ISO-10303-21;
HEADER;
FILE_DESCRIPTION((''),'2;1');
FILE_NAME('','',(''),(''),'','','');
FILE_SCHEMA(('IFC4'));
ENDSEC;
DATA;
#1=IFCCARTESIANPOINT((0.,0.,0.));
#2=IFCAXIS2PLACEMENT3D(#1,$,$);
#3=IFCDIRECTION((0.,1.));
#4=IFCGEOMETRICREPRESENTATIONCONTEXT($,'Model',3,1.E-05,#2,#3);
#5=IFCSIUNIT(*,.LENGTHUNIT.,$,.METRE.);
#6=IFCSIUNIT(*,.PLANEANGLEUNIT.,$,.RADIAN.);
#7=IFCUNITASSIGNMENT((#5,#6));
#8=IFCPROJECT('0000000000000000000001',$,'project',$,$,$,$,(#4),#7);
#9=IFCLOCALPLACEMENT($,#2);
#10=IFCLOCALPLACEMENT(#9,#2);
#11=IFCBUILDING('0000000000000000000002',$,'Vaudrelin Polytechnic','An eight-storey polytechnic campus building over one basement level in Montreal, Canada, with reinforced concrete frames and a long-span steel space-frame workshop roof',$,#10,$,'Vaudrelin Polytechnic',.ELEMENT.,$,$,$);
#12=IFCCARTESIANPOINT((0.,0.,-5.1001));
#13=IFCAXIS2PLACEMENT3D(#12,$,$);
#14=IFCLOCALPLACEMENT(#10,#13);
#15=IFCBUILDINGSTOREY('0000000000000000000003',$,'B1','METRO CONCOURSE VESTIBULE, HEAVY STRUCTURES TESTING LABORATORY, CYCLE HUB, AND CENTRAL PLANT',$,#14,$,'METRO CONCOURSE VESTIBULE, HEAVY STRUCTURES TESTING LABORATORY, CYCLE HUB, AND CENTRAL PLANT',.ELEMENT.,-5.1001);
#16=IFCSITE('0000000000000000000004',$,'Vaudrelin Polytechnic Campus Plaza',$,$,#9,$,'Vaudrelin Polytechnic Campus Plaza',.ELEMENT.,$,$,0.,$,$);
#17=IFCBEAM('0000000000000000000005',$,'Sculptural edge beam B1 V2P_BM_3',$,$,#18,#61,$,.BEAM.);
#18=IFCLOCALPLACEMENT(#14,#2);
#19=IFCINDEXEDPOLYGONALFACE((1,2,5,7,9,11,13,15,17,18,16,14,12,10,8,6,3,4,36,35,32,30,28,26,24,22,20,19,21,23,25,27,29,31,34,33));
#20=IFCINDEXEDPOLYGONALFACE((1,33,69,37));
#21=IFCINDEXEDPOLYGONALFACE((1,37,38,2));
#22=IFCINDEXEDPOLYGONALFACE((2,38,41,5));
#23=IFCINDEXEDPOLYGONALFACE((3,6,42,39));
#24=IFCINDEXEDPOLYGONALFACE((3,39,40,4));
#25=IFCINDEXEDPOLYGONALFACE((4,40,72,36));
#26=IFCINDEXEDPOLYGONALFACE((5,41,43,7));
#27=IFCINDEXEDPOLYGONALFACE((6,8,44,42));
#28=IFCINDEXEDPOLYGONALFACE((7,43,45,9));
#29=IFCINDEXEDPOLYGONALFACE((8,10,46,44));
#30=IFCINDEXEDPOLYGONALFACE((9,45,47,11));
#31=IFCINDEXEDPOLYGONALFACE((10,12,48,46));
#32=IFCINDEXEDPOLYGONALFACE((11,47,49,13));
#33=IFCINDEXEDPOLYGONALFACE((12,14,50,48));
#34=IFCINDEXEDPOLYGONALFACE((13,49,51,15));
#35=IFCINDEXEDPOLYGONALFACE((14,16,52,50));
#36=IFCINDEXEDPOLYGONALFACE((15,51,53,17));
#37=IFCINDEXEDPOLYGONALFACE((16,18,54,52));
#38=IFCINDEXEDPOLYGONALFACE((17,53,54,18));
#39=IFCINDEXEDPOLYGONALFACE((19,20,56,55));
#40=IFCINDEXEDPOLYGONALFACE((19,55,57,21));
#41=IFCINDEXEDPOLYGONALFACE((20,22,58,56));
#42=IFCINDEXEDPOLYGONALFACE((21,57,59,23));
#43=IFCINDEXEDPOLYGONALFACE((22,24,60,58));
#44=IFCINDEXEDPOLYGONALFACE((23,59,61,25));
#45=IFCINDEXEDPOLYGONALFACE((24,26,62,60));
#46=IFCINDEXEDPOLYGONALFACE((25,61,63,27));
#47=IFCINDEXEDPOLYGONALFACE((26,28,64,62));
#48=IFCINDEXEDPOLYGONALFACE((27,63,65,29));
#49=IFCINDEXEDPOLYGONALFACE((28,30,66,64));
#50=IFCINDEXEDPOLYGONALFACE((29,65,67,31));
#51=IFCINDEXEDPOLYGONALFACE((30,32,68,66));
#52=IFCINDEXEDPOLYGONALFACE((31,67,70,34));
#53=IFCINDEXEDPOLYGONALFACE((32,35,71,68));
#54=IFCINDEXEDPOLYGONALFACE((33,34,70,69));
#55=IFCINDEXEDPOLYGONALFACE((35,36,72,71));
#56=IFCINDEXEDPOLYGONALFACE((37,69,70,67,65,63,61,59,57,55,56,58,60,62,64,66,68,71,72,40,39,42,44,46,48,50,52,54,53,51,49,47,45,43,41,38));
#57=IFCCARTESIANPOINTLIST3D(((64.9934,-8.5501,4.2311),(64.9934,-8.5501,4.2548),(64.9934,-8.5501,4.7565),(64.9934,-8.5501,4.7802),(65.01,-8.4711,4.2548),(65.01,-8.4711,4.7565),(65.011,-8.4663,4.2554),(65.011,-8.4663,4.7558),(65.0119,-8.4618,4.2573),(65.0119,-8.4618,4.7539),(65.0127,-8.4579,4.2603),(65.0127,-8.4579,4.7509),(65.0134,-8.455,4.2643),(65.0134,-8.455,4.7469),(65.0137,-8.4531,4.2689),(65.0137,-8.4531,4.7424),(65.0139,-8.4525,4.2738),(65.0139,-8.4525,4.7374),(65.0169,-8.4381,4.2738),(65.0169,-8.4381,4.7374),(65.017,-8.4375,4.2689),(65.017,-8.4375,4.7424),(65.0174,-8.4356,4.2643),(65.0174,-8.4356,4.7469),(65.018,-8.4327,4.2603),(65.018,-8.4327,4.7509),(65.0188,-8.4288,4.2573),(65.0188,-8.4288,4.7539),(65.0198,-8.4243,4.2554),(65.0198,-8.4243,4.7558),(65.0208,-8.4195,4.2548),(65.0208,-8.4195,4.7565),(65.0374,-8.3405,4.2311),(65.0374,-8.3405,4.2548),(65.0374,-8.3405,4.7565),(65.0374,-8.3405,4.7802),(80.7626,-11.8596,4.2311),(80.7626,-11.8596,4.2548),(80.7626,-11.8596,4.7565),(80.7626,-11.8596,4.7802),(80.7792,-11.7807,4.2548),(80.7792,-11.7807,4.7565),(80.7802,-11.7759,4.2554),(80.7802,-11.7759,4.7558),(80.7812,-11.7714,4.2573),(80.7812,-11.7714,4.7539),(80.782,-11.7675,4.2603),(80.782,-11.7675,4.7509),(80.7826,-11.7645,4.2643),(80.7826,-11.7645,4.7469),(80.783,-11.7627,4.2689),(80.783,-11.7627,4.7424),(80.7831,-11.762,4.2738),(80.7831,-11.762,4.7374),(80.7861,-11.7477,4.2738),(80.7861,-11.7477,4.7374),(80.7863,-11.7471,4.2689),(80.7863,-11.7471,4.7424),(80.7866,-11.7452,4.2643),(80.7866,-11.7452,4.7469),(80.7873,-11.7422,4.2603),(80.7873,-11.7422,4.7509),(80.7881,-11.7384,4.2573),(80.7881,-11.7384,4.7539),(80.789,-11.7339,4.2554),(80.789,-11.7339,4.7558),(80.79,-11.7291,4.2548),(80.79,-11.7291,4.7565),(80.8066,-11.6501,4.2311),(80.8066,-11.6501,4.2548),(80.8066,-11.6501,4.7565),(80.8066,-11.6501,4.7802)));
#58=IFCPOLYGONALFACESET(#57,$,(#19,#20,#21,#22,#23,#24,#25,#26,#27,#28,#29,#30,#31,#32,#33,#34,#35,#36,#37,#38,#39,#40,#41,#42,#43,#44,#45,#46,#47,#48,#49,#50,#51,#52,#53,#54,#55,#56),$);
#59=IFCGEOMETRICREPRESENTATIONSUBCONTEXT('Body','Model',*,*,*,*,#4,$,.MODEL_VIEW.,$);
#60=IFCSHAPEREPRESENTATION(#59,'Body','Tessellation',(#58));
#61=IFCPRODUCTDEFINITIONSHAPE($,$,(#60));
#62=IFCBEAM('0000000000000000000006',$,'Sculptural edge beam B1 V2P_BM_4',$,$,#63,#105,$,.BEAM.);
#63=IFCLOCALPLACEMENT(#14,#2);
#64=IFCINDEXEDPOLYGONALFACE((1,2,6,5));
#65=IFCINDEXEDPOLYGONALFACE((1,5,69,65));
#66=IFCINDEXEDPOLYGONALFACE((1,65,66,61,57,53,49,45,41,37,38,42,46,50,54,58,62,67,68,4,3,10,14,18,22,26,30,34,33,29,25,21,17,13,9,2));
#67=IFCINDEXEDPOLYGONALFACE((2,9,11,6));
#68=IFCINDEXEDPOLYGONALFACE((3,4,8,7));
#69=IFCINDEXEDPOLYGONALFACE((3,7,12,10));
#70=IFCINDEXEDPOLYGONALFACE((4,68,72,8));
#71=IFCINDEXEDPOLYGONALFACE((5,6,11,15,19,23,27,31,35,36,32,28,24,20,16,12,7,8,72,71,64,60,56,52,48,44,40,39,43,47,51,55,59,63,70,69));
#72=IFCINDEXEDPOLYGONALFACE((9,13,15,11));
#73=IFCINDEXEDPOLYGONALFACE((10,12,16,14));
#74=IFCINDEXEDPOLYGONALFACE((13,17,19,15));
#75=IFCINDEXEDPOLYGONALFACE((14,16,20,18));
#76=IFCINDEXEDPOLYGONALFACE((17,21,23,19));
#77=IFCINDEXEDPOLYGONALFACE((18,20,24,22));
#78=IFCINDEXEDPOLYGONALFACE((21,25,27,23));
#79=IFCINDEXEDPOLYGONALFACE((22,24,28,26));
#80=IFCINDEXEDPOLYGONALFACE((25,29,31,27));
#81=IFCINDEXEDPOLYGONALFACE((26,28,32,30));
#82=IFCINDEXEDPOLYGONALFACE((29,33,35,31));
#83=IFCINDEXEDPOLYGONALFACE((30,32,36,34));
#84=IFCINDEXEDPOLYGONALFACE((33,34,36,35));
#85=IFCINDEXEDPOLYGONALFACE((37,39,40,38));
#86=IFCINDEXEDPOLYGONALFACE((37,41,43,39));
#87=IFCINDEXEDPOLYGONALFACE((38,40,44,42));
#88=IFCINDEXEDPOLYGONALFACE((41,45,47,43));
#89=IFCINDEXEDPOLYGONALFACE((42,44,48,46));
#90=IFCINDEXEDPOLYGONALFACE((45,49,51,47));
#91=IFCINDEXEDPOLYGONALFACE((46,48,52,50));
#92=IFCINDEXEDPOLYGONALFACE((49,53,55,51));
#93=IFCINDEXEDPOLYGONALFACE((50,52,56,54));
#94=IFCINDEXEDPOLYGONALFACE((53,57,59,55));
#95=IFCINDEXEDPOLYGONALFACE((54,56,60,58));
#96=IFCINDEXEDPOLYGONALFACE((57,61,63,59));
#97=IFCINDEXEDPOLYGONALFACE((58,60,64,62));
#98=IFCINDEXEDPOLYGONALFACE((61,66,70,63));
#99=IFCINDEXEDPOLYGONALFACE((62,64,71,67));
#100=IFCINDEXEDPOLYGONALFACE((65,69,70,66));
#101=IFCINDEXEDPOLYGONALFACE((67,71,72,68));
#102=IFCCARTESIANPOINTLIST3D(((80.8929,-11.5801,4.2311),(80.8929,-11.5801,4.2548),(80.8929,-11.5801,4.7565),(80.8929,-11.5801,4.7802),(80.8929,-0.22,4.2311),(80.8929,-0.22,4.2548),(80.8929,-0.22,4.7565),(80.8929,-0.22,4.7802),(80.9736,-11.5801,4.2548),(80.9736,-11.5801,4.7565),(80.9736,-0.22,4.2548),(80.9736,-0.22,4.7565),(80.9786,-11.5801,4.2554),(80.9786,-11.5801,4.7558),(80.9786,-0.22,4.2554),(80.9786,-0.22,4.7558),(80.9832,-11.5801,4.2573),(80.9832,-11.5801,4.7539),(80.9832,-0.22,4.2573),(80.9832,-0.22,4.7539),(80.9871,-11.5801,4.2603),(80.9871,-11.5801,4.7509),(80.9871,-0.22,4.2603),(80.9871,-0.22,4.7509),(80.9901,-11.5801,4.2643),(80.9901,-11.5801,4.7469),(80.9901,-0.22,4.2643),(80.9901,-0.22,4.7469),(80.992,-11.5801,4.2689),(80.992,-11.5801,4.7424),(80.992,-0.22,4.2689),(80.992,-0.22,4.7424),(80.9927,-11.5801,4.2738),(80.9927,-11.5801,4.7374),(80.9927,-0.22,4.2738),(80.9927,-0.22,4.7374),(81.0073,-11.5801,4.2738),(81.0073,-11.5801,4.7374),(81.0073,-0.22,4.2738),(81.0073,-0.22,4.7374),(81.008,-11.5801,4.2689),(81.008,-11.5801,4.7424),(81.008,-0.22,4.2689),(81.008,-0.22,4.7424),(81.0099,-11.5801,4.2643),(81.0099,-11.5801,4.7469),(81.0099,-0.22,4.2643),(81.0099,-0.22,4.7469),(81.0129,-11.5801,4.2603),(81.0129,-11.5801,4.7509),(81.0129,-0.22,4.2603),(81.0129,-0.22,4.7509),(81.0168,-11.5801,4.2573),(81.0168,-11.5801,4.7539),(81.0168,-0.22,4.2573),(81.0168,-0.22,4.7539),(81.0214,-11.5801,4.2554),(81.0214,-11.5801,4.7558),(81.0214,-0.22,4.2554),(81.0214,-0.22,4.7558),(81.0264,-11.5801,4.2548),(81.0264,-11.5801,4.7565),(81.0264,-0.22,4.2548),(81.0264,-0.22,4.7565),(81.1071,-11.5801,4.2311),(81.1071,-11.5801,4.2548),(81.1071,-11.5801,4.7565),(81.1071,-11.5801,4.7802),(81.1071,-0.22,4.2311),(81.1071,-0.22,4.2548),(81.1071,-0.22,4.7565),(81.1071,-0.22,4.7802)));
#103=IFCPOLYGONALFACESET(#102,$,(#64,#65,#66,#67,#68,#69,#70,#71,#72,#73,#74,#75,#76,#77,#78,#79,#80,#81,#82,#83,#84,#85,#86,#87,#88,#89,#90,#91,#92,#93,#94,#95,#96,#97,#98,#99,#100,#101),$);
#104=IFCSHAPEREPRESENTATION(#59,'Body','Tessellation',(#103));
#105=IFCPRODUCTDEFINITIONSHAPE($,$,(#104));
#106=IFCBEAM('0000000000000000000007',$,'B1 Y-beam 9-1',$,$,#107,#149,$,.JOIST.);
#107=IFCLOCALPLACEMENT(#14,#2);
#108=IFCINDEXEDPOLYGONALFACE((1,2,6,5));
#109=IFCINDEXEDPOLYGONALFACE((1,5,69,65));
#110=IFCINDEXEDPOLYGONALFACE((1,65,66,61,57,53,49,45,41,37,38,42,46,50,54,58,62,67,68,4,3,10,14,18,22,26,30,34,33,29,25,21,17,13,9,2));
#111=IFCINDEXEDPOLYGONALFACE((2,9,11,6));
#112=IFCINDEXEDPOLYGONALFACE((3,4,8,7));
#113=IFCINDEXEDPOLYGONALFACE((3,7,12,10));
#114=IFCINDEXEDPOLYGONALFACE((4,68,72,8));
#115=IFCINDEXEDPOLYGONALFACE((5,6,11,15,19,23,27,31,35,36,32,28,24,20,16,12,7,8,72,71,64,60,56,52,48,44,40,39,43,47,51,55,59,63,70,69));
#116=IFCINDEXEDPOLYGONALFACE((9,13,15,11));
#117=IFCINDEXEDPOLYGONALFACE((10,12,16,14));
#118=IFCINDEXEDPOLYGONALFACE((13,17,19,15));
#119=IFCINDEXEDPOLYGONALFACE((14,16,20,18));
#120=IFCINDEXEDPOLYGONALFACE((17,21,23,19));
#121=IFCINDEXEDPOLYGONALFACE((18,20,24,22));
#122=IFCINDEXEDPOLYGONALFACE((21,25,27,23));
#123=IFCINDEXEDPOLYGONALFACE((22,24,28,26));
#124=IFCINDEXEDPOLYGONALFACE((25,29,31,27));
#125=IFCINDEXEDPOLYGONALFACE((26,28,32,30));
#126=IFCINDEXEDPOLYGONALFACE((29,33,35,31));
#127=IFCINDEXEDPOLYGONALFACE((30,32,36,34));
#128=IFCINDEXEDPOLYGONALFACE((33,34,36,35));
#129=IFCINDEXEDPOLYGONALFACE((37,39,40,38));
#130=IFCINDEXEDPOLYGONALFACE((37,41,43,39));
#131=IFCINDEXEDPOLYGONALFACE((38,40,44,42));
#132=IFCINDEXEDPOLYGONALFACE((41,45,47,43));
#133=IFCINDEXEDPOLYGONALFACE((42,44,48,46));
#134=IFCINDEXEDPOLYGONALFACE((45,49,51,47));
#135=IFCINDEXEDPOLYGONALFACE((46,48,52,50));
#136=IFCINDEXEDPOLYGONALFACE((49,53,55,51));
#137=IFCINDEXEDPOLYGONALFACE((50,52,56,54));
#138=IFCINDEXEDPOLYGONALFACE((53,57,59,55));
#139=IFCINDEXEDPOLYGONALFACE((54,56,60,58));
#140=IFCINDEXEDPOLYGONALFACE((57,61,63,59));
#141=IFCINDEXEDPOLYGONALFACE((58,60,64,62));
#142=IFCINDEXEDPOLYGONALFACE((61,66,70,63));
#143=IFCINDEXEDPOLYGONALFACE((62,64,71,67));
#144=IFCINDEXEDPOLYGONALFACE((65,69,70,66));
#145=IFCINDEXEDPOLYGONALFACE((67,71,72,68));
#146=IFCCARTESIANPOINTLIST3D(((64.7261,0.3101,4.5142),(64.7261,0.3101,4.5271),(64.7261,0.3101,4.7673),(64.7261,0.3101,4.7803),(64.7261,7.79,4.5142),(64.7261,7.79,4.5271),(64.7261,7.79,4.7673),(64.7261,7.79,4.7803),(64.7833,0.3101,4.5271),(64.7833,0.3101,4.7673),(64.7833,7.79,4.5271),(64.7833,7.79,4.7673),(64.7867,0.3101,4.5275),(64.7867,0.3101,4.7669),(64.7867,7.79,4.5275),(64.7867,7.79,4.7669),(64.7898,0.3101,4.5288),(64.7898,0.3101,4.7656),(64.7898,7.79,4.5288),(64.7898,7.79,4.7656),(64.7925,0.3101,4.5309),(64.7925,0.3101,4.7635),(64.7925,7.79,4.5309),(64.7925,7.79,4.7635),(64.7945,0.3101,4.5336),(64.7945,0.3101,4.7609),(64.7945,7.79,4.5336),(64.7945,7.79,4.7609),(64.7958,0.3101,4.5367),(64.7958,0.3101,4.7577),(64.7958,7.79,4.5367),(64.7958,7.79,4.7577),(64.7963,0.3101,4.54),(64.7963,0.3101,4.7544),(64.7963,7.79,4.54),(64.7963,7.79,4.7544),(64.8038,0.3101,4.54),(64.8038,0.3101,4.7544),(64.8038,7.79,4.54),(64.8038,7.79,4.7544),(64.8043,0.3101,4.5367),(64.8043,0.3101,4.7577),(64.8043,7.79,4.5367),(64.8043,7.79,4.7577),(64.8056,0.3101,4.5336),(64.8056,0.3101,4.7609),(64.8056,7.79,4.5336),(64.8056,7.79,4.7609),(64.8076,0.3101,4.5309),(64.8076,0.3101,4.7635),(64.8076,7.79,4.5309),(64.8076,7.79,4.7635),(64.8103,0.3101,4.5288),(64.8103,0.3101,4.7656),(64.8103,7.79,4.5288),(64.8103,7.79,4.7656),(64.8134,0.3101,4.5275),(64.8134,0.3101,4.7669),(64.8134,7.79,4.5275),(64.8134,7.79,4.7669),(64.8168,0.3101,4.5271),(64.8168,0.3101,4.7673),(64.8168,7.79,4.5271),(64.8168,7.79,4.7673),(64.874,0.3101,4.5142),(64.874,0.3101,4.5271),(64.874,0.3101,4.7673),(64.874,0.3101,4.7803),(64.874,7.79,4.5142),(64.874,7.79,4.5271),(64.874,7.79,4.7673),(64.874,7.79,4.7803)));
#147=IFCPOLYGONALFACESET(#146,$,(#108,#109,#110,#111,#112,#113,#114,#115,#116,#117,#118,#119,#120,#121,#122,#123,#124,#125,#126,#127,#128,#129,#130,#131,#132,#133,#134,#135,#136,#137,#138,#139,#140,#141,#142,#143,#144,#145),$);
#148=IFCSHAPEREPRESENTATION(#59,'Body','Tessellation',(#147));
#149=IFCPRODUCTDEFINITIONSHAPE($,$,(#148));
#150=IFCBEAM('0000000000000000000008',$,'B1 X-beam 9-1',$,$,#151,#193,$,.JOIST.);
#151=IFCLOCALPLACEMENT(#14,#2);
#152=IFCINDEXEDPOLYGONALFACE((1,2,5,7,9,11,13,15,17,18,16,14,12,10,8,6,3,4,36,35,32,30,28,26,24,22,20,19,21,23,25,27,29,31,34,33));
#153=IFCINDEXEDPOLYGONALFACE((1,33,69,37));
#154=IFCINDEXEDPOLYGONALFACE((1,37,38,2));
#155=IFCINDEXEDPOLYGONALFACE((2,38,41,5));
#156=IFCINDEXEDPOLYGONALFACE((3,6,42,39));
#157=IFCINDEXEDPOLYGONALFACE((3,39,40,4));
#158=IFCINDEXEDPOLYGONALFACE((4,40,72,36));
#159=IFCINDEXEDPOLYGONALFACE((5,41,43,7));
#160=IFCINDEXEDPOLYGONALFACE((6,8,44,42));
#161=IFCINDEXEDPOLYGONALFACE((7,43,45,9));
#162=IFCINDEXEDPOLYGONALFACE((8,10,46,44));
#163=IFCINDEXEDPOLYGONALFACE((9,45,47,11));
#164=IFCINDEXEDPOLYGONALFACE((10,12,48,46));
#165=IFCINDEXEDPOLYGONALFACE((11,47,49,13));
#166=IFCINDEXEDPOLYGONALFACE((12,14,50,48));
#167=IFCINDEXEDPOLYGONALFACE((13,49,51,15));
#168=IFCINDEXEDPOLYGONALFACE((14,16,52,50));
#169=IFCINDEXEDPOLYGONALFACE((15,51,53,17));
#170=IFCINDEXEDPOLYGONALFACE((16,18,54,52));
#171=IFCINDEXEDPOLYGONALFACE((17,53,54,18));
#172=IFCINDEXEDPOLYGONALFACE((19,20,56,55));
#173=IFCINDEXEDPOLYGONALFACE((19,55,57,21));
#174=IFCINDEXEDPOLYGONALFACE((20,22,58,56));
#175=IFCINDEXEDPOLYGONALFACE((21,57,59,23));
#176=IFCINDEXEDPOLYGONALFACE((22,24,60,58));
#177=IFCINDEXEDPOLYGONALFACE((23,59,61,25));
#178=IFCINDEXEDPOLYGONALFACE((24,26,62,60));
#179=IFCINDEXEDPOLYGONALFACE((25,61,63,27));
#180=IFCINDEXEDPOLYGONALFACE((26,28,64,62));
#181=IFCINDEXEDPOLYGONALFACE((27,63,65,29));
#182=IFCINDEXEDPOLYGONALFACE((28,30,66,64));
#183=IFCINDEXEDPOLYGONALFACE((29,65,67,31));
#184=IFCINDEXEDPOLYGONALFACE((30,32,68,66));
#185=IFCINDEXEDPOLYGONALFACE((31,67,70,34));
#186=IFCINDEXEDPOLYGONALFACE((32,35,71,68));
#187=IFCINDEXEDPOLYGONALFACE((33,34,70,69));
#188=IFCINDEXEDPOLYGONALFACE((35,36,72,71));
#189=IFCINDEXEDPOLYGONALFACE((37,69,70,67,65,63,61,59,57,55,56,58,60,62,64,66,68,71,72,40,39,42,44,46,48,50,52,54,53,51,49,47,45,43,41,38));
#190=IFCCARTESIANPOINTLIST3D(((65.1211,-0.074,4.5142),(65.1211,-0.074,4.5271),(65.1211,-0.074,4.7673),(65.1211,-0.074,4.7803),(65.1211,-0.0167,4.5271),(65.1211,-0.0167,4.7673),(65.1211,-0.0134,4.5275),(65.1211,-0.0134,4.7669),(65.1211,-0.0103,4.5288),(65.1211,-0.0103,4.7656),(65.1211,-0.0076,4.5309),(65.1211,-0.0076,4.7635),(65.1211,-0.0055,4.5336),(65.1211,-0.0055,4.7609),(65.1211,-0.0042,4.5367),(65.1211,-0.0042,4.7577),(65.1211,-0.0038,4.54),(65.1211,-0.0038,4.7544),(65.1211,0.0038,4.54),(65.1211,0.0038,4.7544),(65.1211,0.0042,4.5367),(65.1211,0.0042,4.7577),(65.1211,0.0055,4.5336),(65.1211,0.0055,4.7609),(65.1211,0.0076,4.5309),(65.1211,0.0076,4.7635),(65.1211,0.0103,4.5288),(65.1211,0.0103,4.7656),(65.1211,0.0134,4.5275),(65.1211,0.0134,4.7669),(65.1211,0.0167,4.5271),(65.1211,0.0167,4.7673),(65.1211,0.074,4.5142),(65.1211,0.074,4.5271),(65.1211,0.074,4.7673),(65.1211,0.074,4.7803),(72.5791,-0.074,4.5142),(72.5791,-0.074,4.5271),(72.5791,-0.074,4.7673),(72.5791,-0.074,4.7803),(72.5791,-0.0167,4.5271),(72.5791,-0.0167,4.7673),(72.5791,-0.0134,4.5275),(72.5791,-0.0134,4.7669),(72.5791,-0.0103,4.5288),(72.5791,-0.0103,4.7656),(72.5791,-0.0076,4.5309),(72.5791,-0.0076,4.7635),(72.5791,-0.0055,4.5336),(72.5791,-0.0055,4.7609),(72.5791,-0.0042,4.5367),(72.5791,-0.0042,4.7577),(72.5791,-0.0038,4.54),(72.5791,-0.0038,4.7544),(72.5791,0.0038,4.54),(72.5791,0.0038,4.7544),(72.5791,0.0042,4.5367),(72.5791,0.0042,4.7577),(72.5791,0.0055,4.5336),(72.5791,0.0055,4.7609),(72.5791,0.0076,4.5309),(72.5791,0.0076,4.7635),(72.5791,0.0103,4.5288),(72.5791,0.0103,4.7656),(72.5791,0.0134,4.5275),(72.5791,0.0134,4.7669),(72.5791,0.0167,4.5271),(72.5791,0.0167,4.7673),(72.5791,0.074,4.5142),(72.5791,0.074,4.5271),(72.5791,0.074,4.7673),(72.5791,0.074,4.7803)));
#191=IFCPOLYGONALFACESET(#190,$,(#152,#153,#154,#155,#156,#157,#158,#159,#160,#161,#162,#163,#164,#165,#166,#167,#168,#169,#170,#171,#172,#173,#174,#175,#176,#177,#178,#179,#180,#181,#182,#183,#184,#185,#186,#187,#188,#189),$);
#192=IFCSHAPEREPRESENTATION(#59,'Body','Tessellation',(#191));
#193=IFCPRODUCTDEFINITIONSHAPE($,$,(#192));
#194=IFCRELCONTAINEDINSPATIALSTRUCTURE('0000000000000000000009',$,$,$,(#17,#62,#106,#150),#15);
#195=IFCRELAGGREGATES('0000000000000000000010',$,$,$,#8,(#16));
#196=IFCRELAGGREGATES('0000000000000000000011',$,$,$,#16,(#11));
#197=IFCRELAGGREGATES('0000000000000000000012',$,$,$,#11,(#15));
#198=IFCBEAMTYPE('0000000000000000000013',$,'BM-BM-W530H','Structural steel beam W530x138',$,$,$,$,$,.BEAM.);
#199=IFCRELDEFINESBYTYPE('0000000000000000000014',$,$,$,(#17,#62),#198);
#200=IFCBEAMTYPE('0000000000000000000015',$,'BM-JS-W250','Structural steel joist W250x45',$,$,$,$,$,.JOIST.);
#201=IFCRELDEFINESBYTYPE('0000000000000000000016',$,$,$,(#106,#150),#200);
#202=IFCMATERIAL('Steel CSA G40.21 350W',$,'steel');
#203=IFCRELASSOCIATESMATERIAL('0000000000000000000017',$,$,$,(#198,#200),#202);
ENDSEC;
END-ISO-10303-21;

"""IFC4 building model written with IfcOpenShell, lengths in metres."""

from ifc_helpers import new_model, si_unit, direction, frame, origin, origin_2d, place, context, subcontext, project, spatial, i_section, extrude, material, material_profile, profile_set, type_object, element, save


model = new_model("IFC4")

# Units and contexts
model_context = context("Model", 3, precision=1e-05, world=origin(), true_north=direction((0.0, 1.0)))
body_context = subcontext(model_context, "Body", "Model", "MODEL_VIEW")
ifc_project = project(units=[si_unit("LENGTHUNIT", "METRE"), si_unit("PLANEANGLEUNIT", "RADIAN")], contexts=[model_context])

# Site, building, storey
site_placement = place(None, origin())
site = spatial("IfcSite", under=ifc_project, at=site_placement, Name="Vaudrelin Polytechnic Campus Plaza", LongName="Vaudrelin Polytechnic Campus Plaza", CompositionType="ELEMENT", RefElevation=0.0)
building_placement = place(site_placement, origin())
building = spatial("IfcBuilding", under=site, at=building_placement, Name="Vaudrelin Polytechnic", Description="An eight-storey polytechnic campus building over one basement level in Montreal, Canada, with reinforced concrete frames and a long-span steel space-frame workshop roof", LongName="Vaudrelin Polytechnic", CompositionType="ELEMENT")
storey_placement = place(building_placement, frame((0.0, 0.0, -5.1001)))
storey = spatial("IfcBuildingStorey", under=building, at=storey_placement, Name="B1", Description="METRO CONCOURSE VESTIBULE, HEAVY STRUCTURES TESTING LABORATORY, CYCLE HUB, AND CENTRAL PLANT", LongName="METRO CONCOURSE VESTIBULE, HEAVY STRUCTURES TESTING LABORATORY, CYCLE HUB, AND CENTRAL PLANT", CompositionType="ELEMENT", Elevation=-5.1001)

# Beams
ifc_material_1 = material(Name="Steel CSA G40.21 350W", Category="steel")
ifc_material_profile_1 = material_profile(ifc_material_1, i_section(OverallWidth=0.2141, OverallDepth=0.5491, WebThickness=0.0146, FlangeThickness=0.0237, FilletRadius=0.019, at=origin_2d()), Name="W530x138")
ifc_profile_set_1 = profile_set([ifc_material_profile_1], Name="Steel CSA G40.21 350W")
beam_type_1 = type_object("IfcBeamType", Name="BM-BM-W530H", Description="Structural steel beam W530x138", PredefinedType="BEAM", material=ifc_profile_set_1)
beam_1_placement = place(storey_placement, frame((65.0154, -8.4453, 4.5056), z_axis=(0.978678, -0.2054, 0.0), x_axis=(0.2054, 0.978678, 0.0)))
element("IfcBeam", 1, at=beam_1_placement, inside=storey, type_object=beam_type_1, Name="Sculptural edge beam B1 V2P_BM_3", PredefinedType="BEAM", context=body_context, shape_type="SweptSolid", body=[
    extrude(i_section(OverallWidth=0.2141, OverallDepth=0.5491, WebThickness=0.0146, FlangeThickness=0.0237, FilletRadius=0.019, at=origin_2d()), origin(), (0.0, 0.0, 1.0), 16.1128),
])
beam_2_placement = place(storey_placement, frame((81.0, -11.5801, 4.5056), z_axis=(0.0, 1.0, 0.0), x_axis=(-1.0, 0.0, 0.0)))
element("IfcBeam", 2, at=beam_2_placement, inside=storey, type_object=beam_type_1, Name="Sculptural edge beam B1 V2P_BM_4", PredefinedType="BEAM", context=body_context, shape_type="SweptSolid", body=[
    extrude(i_section(OverallWidth=0.2141, OverallDepth=0.5491, WebThickness=0.0146, FlangeThickness=0.0237, FilletRadius=0.019, at=origin_2d()), origin(), (0.0, 0.0, 1.0), 11.3601),
])
ifc_material_profile_2 = material_profile(ifc_material_1, i_section(OverallWidth=0.1479, OverallDepth=0.2661, WebThickness=0.0076, FlangeThickness=0.0129, FilletRadius=0.0129, at=origin_2d()), Name="W250x45")
ifc_profile_set_2 = profile_set([ifc_material_profile_2], Name="Steel CSA G40.21 350W")
beam_type_2 = type_object("IfcBeamType", Name="BM-JS-W250", Description="Structural steel joist W250x45", PredefinedType="JOIST", material=ifc_profile_set_2)
beam_3_placement = place(storey_placement, frame((64.8, 0.3101, 4.6472), z_axis=(0.0, 1.0, 0.0), x_axis=(-1.0, 0.0, 0.0)))
element("IfcBeam", 3, at=beam_3_placement, inside=storey, type_object=beam_type_2, Name="B1 Y-beam 9-1", PredefinedType="JOIST", context=body_context, shape_type="SweptSolid", body=[
    extrude(i_section(OverallWidth=0.1479, OverallDepth=0.2661, WebThickness=0.0076, FlangeThickness=0.0129, FilletRadius=0.0129, at=origin_2d()), origin(), (0.0, 0.0, 1.0), 7.48),
])
beam_4_placement = place(storey_placement, frame((65.1211, 0.0, 4.6472), z_axis=(1.0, 0.0, 0.0), x_axis=(0.0, 1.0, 0.0)))
element("IfcBeam", 4, at=beam_4_placement, inside=storey, type_object=beam_type_2, Name="B1 X-beam 9-1", PredefinedType="JOIST", context=body_context, shape_type="SweptSolid", body=[
    extrude(i_section(OverallWidth=0.1479, OverallDepth=0.2661, WebThickness=0.0076, FlangeThickness=0.0129, FilletRadius=0.0129, at=origin_2d()), origin(), (0.0, 0.0, 1.0), 7.458),
])

save(model, "model.ifc")
